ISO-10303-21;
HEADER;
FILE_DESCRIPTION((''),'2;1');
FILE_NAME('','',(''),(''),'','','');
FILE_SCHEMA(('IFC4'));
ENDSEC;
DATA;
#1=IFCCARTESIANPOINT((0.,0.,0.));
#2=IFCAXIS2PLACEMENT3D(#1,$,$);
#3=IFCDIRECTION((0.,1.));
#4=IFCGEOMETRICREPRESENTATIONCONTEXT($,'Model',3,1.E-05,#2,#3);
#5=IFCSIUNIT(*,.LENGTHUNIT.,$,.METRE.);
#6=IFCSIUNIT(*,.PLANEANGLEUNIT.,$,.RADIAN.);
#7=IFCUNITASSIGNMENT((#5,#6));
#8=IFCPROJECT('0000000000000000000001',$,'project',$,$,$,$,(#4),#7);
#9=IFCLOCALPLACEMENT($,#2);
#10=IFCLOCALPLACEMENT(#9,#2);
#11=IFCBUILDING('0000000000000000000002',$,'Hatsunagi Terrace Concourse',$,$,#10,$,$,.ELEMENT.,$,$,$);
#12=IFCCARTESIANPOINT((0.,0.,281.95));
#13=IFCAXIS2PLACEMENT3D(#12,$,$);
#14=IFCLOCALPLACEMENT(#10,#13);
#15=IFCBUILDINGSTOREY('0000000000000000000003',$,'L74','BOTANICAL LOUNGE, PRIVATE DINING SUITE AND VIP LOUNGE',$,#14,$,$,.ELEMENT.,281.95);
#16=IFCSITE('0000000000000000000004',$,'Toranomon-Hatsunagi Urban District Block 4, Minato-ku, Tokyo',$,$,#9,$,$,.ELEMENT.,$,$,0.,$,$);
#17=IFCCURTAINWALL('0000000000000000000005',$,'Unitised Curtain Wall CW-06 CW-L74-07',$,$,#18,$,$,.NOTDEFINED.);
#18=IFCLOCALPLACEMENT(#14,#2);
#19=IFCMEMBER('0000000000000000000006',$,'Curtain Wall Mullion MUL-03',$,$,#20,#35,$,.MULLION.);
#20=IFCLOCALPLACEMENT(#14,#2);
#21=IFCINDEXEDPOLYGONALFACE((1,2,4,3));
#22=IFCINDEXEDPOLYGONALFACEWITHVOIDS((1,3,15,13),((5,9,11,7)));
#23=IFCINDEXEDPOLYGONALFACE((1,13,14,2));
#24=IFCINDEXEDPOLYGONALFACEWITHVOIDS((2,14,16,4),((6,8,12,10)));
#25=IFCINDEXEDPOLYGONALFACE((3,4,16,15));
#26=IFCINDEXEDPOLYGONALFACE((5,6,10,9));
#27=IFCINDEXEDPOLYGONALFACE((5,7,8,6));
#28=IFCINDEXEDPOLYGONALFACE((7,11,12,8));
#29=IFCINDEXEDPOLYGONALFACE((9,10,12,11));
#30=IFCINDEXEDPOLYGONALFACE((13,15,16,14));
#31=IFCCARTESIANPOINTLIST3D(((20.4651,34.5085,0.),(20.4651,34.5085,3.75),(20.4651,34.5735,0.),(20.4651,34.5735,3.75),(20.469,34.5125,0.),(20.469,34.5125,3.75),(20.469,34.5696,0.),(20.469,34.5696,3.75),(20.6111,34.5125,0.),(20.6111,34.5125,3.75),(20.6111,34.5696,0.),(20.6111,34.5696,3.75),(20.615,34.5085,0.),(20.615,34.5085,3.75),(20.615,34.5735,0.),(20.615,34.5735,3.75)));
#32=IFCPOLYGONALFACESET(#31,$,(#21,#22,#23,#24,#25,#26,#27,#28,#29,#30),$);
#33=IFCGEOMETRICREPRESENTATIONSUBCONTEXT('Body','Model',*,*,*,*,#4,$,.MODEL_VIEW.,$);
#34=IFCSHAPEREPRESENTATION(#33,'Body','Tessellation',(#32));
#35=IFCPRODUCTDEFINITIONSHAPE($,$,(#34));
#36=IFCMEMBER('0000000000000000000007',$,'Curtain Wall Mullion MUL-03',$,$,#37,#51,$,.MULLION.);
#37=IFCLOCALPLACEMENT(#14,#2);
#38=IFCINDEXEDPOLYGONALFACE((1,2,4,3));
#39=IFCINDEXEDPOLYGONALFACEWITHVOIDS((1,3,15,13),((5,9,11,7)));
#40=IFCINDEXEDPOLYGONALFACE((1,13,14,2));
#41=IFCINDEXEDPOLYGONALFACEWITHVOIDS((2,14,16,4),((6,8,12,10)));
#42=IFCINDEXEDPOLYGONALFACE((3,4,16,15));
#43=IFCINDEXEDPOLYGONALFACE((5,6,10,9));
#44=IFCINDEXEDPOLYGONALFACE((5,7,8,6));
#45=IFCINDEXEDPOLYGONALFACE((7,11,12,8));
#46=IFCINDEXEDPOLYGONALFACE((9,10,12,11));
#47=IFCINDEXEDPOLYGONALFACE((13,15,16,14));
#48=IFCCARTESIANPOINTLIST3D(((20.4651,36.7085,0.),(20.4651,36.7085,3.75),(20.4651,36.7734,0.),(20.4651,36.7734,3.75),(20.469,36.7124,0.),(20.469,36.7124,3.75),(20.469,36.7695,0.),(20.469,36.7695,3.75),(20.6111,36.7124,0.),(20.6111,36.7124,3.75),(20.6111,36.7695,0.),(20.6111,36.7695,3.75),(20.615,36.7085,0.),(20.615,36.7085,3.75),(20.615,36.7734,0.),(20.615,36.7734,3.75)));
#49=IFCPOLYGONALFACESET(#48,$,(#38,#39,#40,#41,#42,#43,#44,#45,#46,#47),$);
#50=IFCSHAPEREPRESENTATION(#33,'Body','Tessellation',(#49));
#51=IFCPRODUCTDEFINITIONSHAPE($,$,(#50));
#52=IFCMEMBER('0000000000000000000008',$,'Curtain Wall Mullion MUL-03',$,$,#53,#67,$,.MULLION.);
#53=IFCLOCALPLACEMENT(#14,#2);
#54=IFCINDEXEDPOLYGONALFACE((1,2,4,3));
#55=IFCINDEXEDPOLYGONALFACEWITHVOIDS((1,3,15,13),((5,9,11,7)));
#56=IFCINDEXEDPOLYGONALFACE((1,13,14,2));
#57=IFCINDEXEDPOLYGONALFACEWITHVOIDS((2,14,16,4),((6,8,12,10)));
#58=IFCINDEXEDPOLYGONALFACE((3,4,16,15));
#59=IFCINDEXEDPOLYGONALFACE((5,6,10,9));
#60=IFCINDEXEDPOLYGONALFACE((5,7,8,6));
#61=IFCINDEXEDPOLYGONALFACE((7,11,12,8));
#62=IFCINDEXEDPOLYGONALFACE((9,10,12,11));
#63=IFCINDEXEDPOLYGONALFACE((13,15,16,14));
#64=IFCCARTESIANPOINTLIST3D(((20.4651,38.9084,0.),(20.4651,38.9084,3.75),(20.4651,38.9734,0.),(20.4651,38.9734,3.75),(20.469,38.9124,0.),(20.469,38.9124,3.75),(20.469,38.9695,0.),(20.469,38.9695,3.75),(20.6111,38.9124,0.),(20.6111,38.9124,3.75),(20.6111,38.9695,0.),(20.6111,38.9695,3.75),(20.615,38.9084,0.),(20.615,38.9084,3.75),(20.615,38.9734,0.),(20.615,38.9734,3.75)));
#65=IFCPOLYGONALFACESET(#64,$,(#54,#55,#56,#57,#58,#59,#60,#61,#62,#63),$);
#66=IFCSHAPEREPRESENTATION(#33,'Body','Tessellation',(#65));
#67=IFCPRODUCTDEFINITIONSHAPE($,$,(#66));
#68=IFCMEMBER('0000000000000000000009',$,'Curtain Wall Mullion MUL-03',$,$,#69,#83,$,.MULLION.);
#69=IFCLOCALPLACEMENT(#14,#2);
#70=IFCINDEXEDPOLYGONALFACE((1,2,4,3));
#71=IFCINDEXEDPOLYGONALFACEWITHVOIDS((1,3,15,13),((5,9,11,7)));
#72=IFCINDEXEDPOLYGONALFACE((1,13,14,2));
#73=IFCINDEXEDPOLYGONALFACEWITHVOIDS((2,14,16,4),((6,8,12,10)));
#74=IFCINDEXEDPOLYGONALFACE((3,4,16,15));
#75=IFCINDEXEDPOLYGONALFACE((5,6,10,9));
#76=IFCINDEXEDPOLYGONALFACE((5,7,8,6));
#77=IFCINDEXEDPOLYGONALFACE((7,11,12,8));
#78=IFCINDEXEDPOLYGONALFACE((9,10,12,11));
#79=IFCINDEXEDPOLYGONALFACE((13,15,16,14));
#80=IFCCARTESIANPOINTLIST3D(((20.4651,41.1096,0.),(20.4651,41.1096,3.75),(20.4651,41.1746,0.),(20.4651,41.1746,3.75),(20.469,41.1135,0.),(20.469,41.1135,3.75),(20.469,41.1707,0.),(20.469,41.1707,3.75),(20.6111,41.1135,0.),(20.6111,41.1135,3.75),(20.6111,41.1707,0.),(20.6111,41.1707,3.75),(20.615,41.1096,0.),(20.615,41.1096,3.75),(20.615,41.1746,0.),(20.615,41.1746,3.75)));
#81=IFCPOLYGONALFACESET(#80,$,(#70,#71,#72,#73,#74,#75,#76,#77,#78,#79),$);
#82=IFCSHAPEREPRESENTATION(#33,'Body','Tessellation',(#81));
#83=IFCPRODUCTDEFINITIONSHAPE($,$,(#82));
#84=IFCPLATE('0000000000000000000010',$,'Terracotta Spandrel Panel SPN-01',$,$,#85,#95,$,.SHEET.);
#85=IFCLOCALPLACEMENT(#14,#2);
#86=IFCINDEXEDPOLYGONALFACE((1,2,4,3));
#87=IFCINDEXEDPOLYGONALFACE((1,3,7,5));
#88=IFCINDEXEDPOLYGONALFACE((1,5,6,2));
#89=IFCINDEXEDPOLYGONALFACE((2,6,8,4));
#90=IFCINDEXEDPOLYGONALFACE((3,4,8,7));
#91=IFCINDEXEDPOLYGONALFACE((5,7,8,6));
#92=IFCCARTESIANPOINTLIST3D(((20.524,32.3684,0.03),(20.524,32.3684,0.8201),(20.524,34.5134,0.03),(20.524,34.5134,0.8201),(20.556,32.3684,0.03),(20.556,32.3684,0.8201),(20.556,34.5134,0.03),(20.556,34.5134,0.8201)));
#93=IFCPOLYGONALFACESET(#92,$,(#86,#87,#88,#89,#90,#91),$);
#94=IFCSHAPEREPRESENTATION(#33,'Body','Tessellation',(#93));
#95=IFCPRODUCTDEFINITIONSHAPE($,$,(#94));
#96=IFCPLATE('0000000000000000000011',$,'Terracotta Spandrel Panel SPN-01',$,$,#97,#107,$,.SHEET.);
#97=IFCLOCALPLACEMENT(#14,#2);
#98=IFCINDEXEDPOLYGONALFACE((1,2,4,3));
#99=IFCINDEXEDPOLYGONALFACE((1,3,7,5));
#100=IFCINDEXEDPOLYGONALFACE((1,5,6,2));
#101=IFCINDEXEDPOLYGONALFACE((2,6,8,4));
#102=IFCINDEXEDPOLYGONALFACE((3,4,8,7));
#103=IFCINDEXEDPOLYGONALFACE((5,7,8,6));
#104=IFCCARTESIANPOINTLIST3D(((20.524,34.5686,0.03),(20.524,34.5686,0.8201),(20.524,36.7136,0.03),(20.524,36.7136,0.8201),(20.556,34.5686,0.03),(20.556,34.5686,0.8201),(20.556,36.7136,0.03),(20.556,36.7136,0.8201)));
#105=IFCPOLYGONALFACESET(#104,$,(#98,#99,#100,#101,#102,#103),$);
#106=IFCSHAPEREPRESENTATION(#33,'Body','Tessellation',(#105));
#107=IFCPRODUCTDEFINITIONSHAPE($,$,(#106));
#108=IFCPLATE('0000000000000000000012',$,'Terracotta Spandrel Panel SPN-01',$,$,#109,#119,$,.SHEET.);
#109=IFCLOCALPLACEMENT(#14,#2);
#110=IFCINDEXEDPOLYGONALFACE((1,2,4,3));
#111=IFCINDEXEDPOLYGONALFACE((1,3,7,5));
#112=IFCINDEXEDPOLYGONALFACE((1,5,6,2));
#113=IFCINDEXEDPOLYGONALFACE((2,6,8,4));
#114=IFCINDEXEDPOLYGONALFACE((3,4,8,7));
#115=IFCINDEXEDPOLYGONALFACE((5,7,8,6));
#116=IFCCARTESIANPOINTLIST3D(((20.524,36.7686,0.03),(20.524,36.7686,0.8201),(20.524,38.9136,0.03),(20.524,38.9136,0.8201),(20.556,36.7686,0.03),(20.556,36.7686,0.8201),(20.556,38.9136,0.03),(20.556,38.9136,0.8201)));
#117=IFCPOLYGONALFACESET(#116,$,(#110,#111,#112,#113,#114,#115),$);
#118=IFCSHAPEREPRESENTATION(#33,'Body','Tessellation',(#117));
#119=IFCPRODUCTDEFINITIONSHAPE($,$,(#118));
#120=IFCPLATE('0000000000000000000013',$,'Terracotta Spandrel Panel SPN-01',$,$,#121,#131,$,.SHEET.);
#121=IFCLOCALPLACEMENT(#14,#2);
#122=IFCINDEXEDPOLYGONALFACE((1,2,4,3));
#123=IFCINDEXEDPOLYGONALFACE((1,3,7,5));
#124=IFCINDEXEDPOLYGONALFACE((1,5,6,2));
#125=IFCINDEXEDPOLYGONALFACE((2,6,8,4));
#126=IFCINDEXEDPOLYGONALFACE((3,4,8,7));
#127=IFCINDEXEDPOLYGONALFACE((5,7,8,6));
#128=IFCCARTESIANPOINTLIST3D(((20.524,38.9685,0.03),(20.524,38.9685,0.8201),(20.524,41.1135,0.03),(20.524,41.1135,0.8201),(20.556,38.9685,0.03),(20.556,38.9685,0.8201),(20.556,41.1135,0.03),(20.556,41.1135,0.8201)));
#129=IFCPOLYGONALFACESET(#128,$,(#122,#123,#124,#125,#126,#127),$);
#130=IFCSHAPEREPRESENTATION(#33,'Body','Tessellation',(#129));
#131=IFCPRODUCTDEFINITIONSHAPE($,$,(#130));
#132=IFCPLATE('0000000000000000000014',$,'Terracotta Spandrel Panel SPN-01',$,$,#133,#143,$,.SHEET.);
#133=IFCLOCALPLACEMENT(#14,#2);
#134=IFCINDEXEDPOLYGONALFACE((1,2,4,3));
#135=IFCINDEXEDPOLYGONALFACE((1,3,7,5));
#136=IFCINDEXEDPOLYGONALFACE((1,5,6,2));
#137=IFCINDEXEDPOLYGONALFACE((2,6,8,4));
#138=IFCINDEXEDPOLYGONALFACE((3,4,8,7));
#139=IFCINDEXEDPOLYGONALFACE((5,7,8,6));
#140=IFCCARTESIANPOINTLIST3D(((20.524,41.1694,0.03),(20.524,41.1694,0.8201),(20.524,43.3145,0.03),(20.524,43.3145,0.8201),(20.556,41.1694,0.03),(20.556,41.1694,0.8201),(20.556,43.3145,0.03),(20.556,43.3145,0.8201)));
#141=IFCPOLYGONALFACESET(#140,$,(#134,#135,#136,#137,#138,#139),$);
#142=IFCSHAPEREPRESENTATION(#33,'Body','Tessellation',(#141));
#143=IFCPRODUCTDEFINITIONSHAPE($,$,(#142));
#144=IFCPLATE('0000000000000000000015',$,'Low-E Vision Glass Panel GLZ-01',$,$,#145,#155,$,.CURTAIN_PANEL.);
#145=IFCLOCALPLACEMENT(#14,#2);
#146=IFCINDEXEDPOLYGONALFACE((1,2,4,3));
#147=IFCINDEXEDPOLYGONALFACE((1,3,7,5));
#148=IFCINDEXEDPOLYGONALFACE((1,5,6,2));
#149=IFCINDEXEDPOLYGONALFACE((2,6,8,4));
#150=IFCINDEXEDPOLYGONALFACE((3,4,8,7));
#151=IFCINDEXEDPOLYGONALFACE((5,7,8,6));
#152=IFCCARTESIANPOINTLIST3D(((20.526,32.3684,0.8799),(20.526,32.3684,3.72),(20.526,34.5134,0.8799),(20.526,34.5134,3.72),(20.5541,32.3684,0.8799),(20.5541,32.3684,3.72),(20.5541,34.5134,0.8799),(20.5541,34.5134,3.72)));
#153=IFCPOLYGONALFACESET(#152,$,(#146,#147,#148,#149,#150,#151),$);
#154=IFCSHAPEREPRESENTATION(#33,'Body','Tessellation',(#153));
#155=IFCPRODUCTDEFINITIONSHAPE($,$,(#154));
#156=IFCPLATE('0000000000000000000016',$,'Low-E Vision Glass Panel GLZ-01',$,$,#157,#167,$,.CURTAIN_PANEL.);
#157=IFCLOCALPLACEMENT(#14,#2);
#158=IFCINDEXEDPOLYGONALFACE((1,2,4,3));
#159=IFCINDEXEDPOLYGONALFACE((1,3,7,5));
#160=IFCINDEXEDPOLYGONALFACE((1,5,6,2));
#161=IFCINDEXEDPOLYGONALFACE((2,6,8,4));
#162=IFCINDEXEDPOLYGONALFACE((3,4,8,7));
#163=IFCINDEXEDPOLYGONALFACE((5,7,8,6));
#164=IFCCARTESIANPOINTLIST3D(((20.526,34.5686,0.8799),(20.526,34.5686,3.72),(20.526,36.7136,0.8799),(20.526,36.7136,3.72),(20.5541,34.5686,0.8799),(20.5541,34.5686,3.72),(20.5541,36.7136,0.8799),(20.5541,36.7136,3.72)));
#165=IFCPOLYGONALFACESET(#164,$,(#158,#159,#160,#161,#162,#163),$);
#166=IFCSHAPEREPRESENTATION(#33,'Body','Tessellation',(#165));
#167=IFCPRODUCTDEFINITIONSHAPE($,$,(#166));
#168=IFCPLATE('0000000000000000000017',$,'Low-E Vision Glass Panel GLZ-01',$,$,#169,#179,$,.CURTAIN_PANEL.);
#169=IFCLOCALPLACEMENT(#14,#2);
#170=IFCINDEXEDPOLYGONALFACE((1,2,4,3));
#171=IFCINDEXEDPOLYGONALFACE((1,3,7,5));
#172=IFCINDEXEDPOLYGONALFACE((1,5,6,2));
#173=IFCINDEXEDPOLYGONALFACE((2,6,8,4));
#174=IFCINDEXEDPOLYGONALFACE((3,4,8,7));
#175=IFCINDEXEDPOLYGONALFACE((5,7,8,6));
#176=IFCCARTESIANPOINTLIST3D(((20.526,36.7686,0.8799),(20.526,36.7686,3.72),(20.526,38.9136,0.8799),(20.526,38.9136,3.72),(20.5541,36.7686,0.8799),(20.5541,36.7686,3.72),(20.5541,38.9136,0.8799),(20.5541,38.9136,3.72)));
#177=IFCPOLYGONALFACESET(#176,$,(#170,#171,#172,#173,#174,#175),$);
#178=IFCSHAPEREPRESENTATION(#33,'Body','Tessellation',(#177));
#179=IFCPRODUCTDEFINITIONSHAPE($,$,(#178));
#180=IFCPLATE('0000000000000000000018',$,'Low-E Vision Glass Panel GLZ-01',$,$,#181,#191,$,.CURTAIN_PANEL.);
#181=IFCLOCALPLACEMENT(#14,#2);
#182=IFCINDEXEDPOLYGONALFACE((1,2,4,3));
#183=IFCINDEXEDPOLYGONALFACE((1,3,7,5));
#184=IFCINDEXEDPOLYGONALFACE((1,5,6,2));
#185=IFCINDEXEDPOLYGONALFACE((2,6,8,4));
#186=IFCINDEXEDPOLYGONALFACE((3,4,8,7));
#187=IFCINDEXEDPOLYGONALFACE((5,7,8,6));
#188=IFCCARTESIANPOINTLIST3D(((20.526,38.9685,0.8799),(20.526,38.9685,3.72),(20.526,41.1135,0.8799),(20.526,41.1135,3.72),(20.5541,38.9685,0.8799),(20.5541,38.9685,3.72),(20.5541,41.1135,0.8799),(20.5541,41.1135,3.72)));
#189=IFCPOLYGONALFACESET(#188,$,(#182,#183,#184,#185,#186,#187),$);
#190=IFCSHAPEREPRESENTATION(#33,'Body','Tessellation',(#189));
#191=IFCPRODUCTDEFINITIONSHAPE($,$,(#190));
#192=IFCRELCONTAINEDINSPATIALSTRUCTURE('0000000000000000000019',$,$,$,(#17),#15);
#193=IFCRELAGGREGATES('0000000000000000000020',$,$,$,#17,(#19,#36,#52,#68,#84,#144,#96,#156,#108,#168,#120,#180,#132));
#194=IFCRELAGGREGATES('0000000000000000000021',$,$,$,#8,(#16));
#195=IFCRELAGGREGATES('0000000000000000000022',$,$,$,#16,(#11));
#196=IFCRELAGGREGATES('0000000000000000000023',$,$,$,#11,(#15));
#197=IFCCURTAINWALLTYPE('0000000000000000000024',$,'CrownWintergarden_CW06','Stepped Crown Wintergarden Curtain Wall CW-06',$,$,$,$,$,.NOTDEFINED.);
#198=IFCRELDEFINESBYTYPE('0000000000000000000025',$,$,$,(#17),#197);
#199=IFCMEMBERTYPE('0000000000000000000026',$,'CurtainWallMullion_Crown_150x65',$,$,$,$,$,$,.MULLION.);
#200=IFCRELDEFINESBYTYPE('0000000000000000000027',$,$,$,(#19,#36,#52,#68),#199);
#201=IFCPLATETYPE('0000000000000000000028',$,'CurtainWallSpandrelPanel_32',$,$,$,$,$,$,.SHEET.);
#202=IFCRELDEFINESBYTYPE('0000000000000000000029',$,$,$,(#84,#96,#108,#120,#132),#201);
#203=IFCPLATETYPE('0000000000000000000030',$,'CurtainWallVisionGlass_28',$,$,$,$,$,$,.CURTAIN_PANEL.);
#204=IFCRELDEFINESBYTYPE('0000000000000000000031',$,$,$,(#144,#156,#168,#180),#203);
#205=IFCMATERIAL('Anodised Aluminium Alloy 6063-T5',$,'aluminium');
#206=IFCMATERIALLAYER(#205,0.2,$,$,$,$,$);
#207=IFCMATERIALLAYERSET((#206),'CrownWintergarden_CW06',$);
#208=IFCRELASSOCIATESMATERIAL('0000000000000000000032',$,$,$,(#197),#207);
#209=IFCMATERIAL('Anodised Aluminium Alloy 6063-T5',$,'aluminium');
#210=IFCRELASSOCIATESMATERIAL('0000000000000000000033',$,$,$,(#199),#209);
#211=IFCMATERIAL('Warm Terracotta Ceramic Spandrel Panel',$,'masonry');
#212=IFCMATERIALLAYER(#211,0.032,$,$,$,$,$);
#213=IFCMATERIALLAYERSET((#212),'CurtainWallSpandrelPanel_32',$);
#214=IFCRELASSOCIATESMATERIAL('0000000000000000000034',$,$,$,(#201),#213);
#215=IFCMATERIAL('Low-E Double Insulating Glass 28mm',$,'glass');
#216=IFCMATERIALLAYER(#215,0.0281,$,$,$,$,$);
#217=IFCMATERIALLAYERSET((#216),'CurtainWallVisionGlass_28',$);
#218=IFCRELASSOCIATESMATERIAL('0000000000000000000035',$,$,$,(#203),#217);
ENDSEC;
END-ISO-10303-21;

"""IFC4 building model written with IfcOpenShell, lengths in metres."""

from ifc_helpers import new_model, si_unit, direction, frame, origin, origin_2d, place, context, subcontext, project, spatial, rectangle, hollow_rectangle, extrude, material, layer, layer_set, material_profile, profile_set, type_object, element, aggregate, save


model = new_model("IFC4")

# Units and contexts
model_context = context("Model", 3, precision=1e-05, world=origin(), true_north=direction((0.0, 1.0)))
body_context = subcontext(model_context, "Body", "Model", "MODEL_VIEW")
ifc_project = project(units=[si_unit("LENGTHUNIT", "METRE"), si_unit("PLANEANGLEUNIT", "RADIAN")], contexts=[model_context])

# Site, building, storey
site_placement = place(None, origin())
site = spatial("IfcSite", under=ifc_project, at=site_placement, Name="Toranomon-Hatsunagi Urban District Block 4, Minato-ku, Tokyo", CompositionType="ELEMENT", RefElevation=0.0)
building_placement = place(site_placement, origin())
building = spatial("IfcBuilding", under=site, at=building_placement, Name="Hatsunagi Terrace Concourse", CompositionType="ELEMENT")
storey_placement = place(building_placement, frame((0.0, 0.0, 281.95)))
storey = spatial("IfcBuildingStorey", under=building, at=storey_placement, Name="L74", Description="BOTANICAL LOUNGE, PRIVATE DINING SUITE AND VIP LOUNGE", CompositionType="ELEMENT", Elevation=281.95)

# Curtain wall, members, plates
ifc_material_1 = material(Name="Anodised Aluminium Alloy 6063-T5", Category="aluminium")
ifc_layer_1 = layer(ifc_material_1, 0.2)
ifc_layer_set_1 = layer_set([ifc_layer_1], Name="CrownWintergarden_CW06")
curtain_wall_type = type_object("IfcCurtainWallType", Name="CrownWintergarden_CW06", Description="Stepped Crown Wintergarden Curtain Wall CW-06", PredefinedType="NOTDEFINED", material=ifc_layer_set_1)
curtain_wall_placement = place(storey_placement, origin())
curtain_wall = element("IfcCurtainWall", 1, at=curtain_wall_placement, inside=storey, type_object=curtain_wall_type, Name="Unitised Curtain Wall CW-06 CW-L74-07", PredefinedType="NOTDEFINED")
ifc_material_2 = material(Name="Anodised Aluminium Alloy 6063-T5", Category="aluminium")
ifc_material_profile = material_profile(ifc_material_2, hollow_rectangle(XDim=0.0649, YDim=0.1499, WallThickness=0.0039, at=origin_2d()), Name="ALU-MUL-150x65x4")
ifc_profile_set = profile_set([ifc_material_profile], Name="Anodised Aluminium Alloy 6063-T5")
member_type = type_object("IfcMemberType", Name="CurtainWallMullion_Crown_150x65", PredefinedType="MULLION", material=ifc_profile_set)
member_1_placement = place(storey_placement, frame((20.54, 34.541, 0.0), z_axis=(0.0, 0.0, 1.0), x_axis=(0.0, 1.0, 0.0)))
member_1 = element("IfcMember", 2, at=member_1_placement, type_object=member_type, Name="Curtain Wall Mullion MUL-03", PredefinedType="MULLION", context=body_context, shape_type="SweptSolid", body=[
    extrude(hollow_rectangle(XDim=0.0649, YDim=0.1499, WallThickness=0.0039, at=origin_2d()), origin(), (0.0, 0.0, 1.0), 3.75),
])
member_2_placement = place(storey_placement, frame((20.54, 36.741, 0.0), z_axis=(0.0, 0.0, 1.0), x_axis=(0.0, 1.0, 0.0)))
member_2 = element("IfcMember", 3, at=member_2_placement, type_object=member_type, Name="Curtain Wall Mullion MUL-03", PredefinedType="MULLION", context=body_context, shape_type="SweptSolid", body=[
    extrude(hollow_rectangle(XDim=0.0649, YDim=0.1499, WallThickness=0.0039, at=origin_2d()), origin(), (0.0, 0.0, 1.0), 3.75),
])
member_3_placement = place(storey_placement, frame((20.54, 38.9409, 0.0), z_axis=(0.0, 0.0, 1.0), x_axis=(0.0, 1.0, 0.0)))
member_3 = element("IfcMember", 4, at=member_3_placement, type_object=member_type, Name="Curtain Wall Mullion MUL-03", PredefinedType="MULLION", context=body_context, shape_type="SweptSolid", body=[
    extrude(hollow_rectangle(XDim=0.0649, YDim=0.1499, WallThickness=0.0039, at=origin_2d()), origin(), (0.0, 0.0, 1.0), 3.75),
])
member_4_placement = place(storey_placement, frame((20.54, 41.1421, 0.0), z_axis=(0.0, 0.0, 1.0), x_axis=(0.0, 1.0, 0.0)))
member_4 = element("IfcMember", 5, at=member_4_placement, type_object=member_type, Name="Curtain Wall Mullion MUL-03", PredefinedType="MULLION", context=body_context, shape_type="SweptSolid", body=[
    extrude(hollow_rectangle(XDim=0.0649, YDim=0.1499, WallThickness=0.0039, at=origin_2d()), origin(), (0.0, 0.0, 1.0), 3.75),
])
ifc_material_3 = material(Name="Warm Terracotta Ceramic Spandrel Panel", Category="masonry")
ifc_layer_2 = layer(ifc_material_3, 0.032)
ifc_layer_set_2 = layer_set([ifc_layer_2], Name="CurtainWallSpandrelPanel_32")
plate_type_1 = type_object("IfcPlateType", Name="CurtainWallSpandrelPanel_32", PredefinedType="SHEET", material=ifc_layer_set_2)
plate_1_placement = place(storey_placement, frame((20.54, 33.4409, 0.03), z_axis=(0.0, 0.0, 1.0), x_axis=(0.0, 1.0, 0.0)))
plate_1 = element("IfcPlate", 6, at=plate_1_placement, type_object=plate_type_1, Name="Terracotta Spandrel Panel SPN-01", PredefinedType="SHEET", context=body_context, shape_type="SweptSolid", body=[
    extrude(rectangle(XDim=2.145, YDim=0.032, at=origin_2d()), origin(), (0.0, 0.0, 1.0), 0.79),
])
plate_2_placement = place(storey_placement, frame((20.54, 35.6411, 0.03), z_axis=(0.0, 0.0, 1.0), x_axis=(0.0, 1.0, 0.0)))
plate_2 = element("IfcPlate", 7, at=plate_2_placement, type_object=plate_type_1, Name="Terracotta Spandrel Panel SPN-01", PredefinedType="SHEET", context=body_context, shape_type="SweptSolid", body=[
    extrude(rectangle(XDim=2.145, YDim=0.032, at=origin_2d()), origin(), (0.0, 0.0, 1.0), 0.79),
])
plate_3_placement = place(storey_placement, frame((20.54, 37.8411, 0.03), z_axis=(0.0, 0.0, 1.0), x_axis=(0.0, 1.0, 0.0)))
plate_3 = element("IfcPlate", 8, at=plate_3_placement, type_object=plate_type_1, Name="Terracotta Spandrel Panel SPN-01", PredefinedType="SHEET", context=body_context, shape_type="SweptSolid", body=[
    extrude(rectangle(XDim=2.145, YDim=0.032, at=origin_2d()), origin(), (0.0, 0.0, 1.0), 0.79),
])
plate_4_placement = place(storey_placement, frame((20.54, 40.041, 0.03), z_axis=(0.0, 0.0, 1.0), x_axis=(0.0, 1.0, 0.0)))
plate_4 = element("IfcPlate", 9, at=plate_4_placement, type_object=plate_type_1, Name="Terracotta Spandrel Panel SPN-01", PredefinedType="SHEET", context=body_context, shape_type="SweptSolid", body=[
    extrude(rectangle(XDim=2.145, YDim=0.032, at=origin_2d()), origin(), (0.0, 0.0, 1.0), 0.79),
])
plate_5_placement = place(storey_placement, frame((20.54, 42.2419, 0.03), z_axis=(0.0, 0.0, 1.0), x_axis=(0.0, 1.0, 0.0)))
plate_5 = element("IfcPlate", 10, at=plate_5_placement, type_object=plate_type_1, Name="Terracotta Spandrel Panel SPN-01", PredefinedType="SHEET", context=body_context, shape_type="SweptSolid", body=[
    extrude(rectangle(XDim=2.145, YDim=0.032, at=origin_2d()), origin(), (0.0, 0.0, 1.0), 0.79),
])
ifc_material_4 = material(Name="Low-E Double Insulating Glass 28mm", Category="glass")
ifc_layer_3 = layer(ifc_material_4, 0.0281)
ifc_layer_set_3 = layer_set([ifc_layer_3], Name="CurtainWallVisionGlass_28")
plate_type_2 = type_object("IfcPlateType", Name="CurtainWallVisionGlass_28", PredefinedType="CURTAIN_PANEL", material=ifc_layer_set_3)
plate_6_placement = place(storey_placement, frame((20.54, 33.4409, 0.8799), z_axis=(0.0, 0.0, 1.0), x_axis=(0.0, 1.0, 0.0)))
plate_6 = element("IfcPlate", 11, at=plate_6_placement, type_object=plate_type_2, Name="Low-E Vision Glass Panel GLZ-01", PredefinedType="CURTAIN_PANEL", context=body_context, shape_type="SweptSolid", body=[
    extrude(rectangle(XDim=2.145, YDim=0.0281, at=origin_2d()), origin(), (0.0, 0.0, 1.0), 2.8401),
])
plate_7_placement = place(storey_placement, frame((20.54, 35.6411, 0.8799), z_axis=(0.0, 0.0, 1.0), x_axis=(0.0, 1.0, 0.0)))
plate_7 = element("IfcPlate", 12, at=plate_7_placement, type_object=plate_type_2, Name="Low-E Vision Glass Panel GLZ-01", PredefinedType="CURTAIN_PANEL", context=body_context, shape_type="SweptSolid", body=[
    extrude(rectangle(XDim=2.145, YDim=0.0281, at=origin_2d()), origin(), (0.0, 0.0, 1.0), 2.8401),
])
plate_8_placement = place(storey_placement, frame((20.54, 37.8411, 0.8799), z_axis=(0.0, 0.0, 1.0), x_axis=(0.0, 1.0, 0.0)))
plate_8 = element("IfcPlate", 13, at=plate_8_placement, type_object=plate_type_2, Name="Low-E Vision Glass Panel GLZ-01", PredefinedType="CURTAIN_PANEL", context=body_context, shape_type="SweptSolid", body=[
    extrude(rectangle(XDim=2.145, YDim=0.0281, at=origin_2d()), origin(), (0.0, 0.0, 1.0), 2.8401),
])
plate_9_placement = place(storey_placement, frame((20.54, 40.041, 0.8799), z_axis=(0.0, 0.0, 1.0), x_axis=(0.0, 1.0, 0.0)))
plate_9 = element("IfcPlate", 14, at=plate_9_placement, type_object=plate_type_2, Name="Low-E Vision Glass Panel GLZ-01", PredefinedType="CURTAIN_PANEL", context=body_context, shape_type="SweptSolid", body=[
    extrude(rectangle(XDim=2.145, YDim=0.0281, at=origin_2d()), origin(), (0.0, 0.0, 1.0), 2.8401),
])
aggregate(curtain_wall, [member_1, member_2, member_3, member_4, plate_1, plate_6, plate_2, plate_7, plate_3, plate_8, plate_4, plate_9, plate_5])

save(model, "model.ifc")
